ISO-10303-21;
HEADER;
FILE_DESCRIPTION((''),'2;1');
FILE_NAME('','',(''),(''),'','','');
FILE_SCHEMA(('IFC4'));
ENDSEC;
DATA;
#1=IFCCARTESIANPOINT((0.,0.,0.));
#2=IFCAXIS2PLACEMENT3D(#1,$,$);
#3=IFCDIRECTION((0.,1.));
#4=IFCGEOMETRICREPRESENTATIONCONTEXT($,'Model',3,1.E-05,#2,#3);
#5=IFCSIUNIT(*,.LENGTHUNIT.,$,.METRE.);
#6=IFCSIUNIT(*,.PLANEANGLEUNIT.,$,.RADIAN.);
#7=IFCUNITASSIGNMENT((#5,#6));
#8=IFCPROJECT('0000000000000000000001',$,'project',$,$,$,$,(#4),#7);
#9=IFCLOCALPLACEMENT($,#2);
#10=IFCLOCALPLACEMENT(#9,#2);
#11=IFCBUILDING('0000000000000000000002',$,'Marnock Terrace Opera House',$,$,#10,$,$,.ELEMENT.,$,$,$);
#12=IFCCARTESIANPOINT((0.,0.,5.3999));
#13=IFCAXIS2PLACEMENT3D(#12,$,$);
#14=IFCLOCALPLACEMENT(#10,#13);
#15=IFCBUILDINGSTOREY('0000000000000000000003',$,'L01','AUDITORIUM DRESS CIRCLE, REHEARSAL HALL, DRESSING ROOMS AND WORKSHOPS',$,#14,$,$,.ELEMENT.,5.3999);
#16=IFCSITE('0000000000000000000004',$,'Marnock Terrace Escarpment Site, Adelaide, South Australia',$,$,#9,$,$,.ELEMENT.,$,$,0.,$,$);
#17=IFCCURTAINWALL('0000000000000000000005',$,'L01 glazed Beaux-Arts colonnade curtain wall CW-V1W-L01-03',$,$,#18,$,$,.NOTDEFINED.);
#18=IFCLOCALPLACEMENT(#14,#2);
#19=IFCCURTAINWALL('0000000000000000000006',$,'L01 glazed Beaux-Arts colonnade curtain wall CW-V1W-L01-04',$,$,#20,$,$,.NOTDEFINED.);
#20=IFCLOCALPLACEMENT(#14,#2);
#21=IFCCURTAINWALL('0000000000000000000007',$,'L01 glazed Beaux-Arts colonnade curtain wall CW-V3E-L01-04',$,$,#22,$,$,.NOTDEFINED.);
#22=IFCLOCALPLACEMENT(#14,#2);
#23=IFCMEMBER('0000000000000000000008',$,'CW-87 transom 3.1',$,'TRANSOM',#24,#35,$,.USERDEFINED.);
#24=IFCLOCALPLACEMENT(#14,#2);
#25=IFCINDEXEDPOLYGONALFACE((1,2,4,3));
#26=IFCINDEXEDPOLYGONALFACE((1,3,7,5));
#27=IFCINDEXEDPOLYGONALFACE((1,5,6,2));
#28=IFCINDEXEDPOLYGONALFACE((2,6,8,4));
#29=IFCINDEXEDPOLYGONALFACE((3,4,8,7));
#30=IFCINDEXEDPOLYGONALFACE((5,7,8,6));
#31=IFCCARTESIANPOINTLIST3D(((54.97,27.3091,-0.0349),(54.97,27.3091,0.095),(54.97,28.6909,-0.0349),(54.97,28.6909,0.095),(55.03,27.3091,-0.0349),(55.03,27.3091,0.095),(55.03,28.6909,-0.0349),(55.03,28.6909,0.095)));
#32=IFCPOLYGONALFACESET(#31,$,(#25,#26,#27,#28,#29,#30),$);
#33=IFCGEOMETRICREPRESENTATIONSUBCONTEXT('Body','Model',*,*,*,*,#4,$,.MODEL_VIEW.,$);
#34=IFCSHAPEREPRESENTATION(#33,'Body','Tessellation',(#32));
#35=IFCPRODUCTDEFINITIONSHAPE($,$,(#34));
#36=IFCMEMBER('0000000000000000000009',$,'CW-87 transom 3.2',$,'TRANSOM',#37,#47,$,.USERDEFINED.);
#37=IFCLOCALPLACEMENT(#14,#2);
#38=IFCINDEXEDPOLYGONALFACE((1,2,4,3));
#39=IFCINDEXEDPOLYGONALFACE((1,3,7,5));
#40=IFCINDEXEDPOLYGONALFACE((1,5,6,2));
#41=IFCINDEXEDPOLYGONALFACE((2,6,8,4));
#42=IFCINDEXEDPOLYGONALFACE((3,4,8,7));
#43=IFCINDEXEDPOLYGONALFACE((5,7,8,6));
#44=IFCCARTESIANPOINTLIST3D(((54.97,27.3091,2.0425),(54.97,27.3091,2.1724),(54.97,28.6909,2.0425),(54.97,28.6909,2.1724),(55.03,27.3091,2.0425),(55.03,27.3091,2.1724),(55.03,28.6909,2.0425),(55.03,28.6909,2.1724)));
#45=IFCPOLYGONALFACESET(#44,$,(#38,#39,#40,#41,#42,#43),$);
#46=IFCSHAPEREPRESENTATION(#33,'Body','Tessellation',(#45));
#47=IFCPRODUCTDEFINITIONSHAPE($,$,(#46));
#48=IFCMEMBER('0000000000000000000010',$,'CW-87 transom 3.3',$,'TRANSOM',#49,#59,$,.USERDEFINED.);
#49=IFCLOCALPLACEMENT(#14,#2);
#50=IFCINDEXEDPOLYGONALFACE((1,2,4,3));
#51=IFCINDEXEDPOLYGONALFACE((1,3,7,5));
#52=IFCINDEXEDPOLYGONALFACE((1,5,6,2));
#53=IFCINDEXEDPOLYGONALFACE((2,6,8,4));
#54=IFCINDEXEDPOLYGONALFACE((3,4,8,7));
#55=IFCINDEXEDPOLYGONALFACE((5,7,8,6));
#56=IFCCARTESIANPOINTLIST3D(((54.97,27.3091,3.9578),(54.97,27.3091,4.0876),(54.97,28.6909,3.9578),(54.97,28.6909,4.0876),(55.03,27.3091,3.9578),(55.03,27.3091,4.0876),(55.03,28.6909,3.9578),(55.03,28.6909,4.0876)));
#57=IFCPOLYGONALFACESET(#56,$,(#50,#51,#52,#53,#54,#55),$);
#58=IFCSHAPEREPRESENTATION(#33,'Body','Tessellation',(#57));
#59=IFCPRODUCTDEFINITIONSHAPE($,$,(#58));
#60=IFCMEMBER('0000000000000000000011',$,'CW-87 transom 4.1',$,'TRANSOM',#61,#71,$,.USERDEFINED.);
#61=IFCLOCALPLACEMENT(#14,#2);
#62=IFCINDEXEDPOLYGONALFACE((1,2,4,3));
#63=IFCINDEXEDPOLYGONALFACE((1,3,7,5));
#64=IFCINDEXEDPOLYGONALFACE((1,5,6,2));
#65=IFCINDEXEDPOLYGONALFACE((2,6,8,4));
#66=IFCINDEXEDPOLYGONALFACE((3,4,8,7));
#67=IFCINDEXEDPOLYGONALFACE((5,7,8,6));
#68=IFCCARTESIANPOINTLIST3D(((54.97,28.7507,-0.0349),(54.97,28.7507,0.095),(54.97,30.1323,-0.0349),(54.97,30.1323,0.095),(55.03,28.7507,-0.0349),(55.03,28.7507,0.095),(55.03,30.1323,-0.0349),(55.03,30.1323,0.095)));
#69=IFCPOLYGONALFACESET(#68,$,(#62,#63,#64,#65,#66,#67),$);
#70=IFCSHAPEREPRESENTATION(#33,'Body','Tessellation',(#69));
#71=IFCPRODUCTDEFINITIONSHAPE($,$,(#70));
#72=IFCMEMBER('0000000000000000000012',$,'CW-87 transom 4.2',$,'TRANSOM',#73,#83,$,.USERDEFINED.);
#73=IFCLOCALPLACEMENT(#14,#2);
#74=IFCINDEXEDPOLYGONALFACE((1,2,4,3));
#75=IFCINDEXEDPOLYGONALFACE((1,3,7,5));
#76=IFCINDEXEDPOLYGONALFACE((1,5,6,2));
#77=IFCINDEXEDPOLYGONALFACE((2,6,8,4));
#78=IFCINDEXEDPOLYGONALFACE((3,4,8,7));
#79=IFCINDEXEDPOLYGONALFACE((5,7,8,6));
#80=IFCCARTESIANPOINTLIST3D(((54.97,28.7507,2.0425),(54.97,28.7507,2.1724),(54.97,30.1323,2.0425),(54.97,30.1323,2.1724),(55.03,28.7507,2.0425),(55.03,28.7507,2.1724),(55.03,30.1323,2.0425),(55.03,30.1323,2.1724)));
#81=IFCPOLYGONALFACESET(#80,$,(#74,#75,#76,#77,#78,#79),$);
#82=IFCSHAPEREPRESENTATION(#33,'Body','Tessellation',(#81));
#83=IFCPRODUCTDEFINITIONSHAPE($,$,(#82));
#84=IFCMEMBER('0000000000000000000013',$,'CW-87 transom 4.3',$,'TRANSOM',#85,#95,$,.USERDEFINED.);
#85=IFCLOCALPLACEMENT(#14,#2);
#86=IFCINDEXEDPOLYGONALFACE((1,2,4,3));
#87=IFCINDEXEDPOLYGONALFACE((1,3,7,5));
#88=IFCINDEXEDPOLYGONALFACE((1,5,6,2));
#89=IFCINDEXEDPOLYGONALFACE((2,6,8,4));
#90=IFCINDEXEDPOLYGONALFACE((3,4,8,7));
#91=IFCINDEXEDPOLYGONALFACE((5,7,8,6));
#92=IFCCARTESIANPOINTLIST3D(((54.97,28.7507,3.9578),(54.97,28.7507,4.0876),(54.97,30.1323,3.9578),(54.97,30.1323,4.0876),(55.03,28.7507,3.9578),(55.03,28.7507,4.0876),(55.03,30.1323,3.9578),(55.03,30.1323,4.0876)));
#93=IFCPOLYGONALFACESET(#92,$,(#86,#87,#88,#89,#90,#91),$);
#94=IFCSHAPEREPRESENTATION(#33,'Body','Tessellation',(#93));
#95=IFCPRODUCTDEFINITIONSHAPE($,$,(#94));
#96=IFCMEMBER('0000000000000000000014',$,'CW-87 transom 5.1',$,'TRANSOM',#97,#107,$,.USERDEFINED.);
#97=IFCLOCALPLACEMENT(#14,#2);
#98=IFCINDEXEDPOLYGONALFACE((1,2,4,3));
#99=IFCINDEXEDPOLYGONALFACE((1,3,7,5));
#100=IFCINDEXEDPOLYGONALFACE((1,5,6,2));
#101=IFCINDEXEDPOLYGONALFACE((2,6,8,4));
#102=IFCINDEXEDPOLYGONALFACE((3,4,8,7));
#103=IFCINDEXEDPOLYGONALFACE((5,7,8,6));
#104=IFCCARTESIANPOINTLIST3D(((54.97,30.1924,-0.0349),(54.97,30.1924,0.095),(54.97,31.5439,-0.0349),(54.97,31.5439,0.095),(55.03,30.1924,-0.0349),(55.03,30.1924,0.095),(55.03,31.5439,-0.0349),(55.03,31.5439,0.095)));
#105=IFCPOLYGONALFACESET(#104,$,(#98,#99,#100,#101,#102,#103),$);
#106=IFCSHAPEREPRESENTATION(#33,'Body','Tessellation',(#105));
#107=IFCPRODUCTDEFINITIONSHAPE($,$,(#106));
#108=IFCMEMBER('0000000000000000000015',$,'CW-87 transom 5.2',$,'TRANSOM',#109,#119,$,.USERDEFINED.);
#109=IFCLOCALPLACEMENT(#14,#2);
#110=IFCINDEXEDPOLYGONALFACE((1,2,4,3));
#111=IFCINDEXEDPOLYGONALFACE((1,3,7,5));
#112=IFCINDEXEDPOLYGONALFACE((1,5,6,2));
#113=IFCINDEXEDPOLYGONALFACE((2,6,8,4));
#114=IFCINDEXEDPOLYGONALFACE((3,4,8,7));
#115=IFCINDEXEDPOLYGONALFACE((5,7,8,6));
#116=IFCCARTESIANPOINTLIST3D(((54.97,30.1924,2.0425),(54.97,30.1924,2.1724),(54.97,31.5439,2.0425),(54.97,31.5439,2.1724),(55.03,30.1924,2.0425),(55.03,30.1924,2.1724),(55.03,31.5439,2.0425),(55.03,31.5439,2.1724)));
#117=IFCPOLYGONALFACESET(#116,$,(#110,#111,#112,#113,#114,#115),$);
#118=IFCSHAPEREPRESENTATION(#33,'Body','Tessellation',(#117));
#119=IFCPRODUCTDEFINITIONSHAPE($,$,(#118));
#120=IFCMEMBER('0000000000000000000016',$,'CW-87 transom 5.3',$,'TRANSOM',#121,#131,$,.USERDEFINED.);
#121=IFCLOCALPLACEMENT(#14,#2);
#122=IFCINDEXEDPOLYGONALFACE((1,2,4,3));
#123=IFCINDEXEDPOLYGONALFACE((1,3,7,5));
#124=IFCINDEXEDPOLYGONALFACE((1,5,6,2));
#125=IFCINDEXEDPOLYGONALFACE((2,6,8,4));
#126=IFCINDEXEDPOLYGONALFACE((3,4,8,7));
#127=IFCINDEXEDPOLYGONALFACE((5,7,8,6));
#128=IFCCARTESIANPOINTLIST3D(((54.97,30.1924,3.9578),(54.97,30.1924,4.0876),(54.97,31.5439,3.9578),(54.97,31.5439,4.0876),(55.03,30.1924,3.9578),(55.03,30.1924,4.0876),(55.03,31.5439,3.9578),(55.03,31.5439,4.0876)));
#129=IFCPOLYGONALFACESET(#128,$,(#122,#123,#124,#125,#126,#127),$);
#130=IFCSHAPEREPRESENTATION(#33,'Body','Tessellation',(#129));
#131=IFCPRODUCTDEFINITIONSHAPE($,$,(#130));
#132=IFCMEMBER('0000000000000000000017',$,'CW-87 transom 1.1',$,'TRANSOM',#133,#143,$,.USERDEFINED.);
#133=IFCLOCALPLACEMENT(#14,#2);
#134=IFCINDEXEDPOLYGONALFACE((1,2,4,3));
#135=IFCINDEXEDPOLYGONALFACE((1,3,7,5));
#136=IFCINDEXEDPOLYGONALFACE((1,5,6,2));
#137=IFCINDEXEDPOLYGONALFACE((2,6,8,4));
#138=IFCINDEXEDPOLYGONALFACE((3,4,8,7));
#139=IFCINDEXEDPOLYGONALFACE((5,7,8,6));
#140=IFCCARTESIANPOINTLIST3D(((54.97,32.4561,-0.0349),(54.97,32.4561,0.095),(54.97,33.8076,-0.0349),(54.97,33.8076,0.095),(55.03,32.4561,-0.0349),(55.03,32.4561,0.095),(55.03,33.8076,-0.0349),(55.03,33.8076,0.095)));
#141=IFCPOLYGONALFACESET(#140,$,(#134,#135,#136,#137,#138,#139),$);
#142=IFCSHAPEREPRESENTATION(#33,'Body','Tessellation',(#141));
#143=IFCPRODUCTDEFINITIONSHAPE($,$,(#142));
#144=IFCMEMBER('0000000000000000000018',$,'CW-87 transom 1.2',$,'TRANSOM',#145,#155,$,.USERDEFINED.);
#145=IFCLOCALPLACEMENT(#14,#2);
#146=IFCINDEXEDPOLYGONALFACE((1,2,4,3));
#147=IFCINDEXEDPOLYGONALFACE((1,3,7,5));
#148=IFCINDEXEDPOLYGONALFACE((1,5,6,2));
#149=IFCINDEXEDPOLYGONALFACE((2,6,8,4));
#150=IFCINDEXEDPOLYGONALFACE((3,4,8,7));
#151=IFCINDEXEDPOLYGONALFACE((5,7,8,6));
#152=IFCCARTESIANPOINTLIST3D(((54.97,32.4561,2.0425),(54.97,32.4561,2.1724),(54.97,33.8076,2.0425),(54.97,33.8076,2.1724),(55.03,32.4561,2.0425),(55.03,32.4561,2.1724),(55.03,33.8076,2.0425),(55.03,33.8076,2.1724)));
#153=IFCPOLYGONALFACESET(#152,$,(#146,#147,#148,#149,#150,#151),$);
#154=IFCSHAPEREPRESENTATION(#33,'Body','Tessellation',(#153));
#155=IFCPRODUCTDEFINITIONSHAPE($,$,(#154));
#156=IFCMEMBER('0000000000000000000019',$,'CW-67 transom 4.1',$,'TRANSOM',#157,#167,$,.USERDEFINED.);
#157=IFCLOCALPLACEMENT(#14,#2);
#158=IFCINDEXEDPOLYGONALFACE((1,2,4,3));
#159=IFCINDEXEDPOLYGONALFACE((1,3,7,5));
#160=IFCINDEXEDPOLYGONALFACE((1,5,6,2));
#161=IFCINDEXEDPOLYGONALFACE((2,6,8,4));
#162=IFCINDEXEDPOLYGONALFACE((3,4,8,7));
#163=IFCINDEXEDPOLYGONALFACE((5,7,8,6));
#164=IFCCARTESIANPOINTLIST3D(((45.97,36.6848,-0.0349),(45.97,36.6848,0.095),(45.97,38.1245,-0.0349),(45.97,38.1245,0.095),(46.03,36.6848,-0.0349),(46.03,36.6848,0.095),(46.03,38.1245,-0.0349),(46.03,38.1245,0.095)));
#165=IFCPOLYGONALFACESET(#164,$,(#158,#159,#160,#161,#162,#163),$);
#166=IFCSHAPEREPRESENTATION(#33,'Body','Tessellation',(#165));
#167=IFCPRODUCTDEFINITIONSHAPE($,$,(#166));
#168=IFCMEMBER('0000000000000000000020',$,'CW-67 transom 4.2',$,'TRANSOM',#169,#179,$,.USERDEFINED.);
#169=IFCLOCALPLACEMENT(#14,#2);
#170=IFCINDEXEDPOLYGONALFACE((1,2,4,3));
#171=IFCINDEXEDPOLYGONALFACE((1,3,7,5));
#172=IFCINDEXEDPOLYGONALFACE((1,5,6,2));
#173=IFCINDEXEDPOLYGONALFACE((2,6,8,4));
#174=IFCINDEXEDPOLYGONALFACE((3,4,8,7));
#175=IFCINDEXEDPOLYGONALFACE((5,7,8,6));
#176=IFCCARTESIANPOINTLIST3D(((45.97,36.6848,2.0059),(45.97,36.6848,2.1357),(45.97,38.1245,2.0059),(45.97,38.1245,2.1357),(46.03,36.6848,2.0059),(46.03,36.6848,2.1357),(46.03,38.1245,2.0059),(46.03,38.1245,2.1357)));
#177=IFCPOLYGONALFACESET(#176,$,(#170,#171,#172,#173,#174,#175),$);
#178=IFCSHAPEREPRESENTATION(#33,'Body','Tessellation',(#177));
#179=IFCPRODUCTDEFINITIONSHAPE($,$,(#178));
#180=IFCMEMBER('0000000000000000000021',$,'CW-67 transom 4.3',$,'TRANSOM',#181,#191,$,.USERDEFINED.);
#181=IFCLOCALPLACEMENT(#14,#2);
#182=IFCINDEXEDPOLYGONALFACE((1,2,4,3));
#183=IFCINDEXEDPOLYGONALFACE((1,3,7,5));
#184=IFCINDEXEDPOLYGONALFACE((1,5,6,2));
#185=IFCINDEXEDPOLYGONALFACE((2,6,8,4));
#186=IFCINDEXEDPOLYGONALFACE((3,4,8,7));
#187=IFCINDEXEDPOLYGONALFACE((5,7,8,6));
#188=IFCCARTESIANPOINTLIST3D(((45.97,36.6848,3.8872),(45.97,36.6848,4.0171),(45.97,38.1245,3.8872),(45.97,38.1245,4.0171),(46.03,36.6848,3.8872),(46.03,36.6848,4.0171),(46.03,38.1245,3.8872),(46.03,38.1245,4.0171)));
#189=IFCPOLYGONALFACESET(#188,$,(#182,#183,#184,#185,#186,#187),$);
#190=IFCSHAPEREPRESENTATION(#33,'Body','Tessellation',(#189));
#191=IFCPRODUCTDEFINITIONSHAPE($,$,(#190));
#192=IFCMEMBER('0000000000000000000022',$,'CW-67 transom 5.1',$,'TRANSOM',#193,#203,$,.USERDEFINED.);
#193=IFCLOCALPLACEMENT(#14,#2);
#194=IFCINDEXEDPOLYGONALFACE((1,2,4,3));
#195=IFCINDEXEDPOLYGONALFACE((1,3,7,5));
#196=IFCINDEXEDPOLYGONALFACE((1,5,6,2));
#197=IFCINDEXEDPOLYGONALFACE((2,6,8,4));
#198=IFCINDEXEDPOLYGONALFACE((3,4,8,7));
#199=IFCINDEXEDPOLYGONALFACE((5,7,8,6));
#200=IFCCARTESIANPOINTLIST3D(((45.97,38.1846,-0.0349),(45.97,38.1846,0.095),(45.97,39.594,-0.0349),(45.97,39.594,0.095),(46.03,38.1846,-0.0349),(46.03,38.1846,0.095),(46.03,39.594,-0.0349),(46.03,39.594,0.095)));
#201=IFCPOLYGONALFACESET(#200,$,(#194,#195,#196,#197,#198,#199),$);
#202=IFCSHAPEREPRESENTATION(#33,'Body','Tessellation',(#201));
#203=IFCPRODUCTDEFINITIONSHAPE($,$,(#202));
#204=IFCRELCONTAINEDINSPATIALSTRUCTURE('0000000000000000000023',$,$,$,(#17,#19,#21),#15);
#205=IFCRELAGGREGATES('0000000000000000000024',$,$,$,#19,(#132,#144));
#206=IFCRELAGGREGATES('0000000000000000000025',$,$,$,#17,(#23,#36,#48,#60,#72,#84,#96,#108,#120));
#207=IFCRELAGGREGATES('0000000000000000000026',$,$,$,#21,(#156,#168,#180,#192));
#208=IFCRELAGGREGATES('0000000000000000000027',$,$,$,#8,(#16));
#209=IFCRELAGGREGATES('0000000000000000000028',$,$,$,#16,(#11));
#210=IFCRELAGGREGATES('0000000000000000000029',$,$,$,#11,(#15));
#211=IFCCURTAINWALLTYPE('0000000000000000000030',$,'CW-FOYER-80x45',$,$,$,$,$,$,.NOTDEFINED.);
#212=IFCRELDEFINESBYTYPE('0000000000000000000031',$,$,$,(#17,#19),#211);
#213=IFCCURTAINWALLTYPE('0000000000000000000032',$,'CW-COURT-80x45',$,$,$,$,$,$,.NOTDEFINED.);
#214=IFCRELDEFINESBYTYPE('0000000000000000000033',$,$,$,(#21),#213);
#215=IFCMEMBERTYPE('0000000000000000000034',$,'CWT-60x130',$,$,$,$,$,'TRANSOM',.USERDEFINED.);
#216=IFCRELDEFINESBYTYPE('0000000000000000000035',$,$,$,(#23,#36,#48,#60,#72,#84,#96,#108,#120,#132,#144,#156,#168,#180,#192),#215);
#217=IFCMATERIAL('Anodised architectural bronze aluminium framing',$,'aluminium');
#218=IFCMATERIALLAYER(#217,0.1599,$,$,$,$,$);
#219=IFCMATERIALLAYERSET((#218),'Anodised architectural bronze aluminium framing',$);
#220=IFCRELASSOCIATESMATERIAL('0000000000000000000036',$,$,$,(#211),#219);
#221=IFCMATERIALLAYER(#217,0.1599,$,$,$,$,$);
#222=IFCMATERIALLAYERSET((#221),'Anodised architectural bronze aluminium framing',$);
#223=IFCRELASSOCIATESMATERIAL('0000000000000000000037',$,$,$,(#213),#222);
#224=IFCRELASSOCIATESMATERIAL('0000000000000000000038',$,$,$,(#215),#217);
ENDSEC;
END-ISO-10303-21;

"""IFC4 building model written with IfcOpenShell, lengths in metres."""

from ifc_helpers import new_model, si_unit, direction, frame, origin, origin_2d, place, context, subcontext, project, spatial, rectangle, extrude, material, layer, layer_set, material_profile, profile_set, type_object, element, aggregate, save


model = new_model("IFC4")

# Units and contexts
model_context = context("Model", 3, precision=1e-05, world=origin(), true_north=direction((0.0, 1.0)))
body_context = subcontext(model_context, "Body", "Model", "MODEL_VIEW")
ifc_project = project(units=[si_unit("LENGTHUNIT", "METRE"), si_unit("PLANEANGLEUNIT", "RADIAN")], contexts=[model_context])

# Site, building, storey
site_placement = place(None, origin())
site = spatial("IfcSite", under=ifc_project, at=site_placement, Name="Marnock Terrace Escarpment Site, Adelaide, South Australia", CompositionType="ELEMENT", RefElevation=0.0)
building_placement = place(site_placement, origin())
building = spatial("IfcBuilding", under=site, at=building_placement, Name="Marnock Terrace Opera House", CompositionType="ELEMENT")
storey_placement = place(building_placement, frame((0.0, 0.0, 5.3999)))
storey = spatial("IfcBuildingStorey", under=building, at=storey_placement, Name="L01", Description="AUDITORIUM DRESS CIRCLE, REHEARSAL HALL, DRESSING ROOMS AND WORKSHOPS", CompositionType="ELEMENT", Elevation=5.3999)

# Curtain wall
ifc_material_1 = material(Name="Anodised architectural bronze aluminium framing", Category="aluminium")
ifc_layer_1 = layer(ifc_material_1, 0.1599)
ifc_layer_set_1 = layer_set([ifc_layer_1], Name="Anodised architectural bronze aluminium framing")
curtain_wall_type_1 = type_object("IfcCurtainWallType", Name="CW-FOYER-80x45", PredefinedType="NOTDEFINED", material=ifc_layer_set_1)
curtain_wall_1_placement = place(storey_placement, origin())
curtain_wall_1 = element("IfcCurtainWall", 1, at=curtain_wall_1_placement, inside=storey, type_object=curtain_wall_type_1, Name="L01 glazed Beaux-Arts colonnade curtain wall CW-V1W-L01-03", PredefinedType="NOTDEFINED")

# Curtain walls
curtain_wall_2_placement = place(storey_placement, origin())
curtain_wall_2 = element("IfcCurtainWall", 2, at=curtain_wall_2_placement, inside=storey, type_object=curtain_wall_type_1, Name="L01 glazed Beaux-Arts colonnade curtain wall CW-V1W-L01-04", PredefinedType="NOTDEFINED")
ifc_layer_2 = layer(ifc_material_1, 0.1599)
ifc_layer_set_2 = layer_set([ifc_layer_2], Name="Anodised architectural bronze aluminium framing")
curtain_wall_type_2 = type_object("IfcCurtainWallType", Name="CW-COURT-80x45", PredefinedType="NOTDEFINED", material=ifc_layer_set_2)
curtain_wall_3_placement = place(storey_placement, origin())
curtain_wall_3 = element("IfcCurtainWall", 3, at=curtain_wall_3_placement, inside=storey, type_object=curtain_wall_type_2, Name="L01 glazed Beaux-Arts colonnade curtain wall CW-V3E-L01-04", PredefinedType="NOTDEFINED")

# Members
ifc_material_profile_1 = material_profile(ifc_material_1, rectangle(XDim=0.0601, YDim=0.1299, at=origin_2d()))
ifc_profile_set_1 = profile_set([ifc_material_profile_1], Name="Anodised architectural bronze aluminium framing")
member_type_1 = type_object("IfcMemberType", Name="CWT-60x130", ElementType="TRANSOM", PredefinedType="USERDEFINED", material=ifc_profile_set_1)
member_1_placement = place(storey_placement, frame((55.0, 27.3091, 0.03), z_axis=(0.0, 1.0, 0.0), x_axis=(-1.0, 0.0, 0.0)))
member_1 = element("IfcMember", 4, at=member_1_placement, type_object=member_type_1, Name="CW-87 transom 3.1", ObjectType="TRANSOM", PredefinedType="USERDEFINED", context=body_context, shape_type="SweptSolid", body=[
    extrude(rectangle(XDim=0.0601, YDim=0.1299, at=origin_2d()), origin(), (0.0, 0.0, 1.0), 1.3818),
])
member_2_placement = place(storey_placement, frame((55.0, 27.3091, 2.1074), z_axis=(0.0, 1.0, 0.0), x_axis=(-1.0, 0.0, 0.0)))
member_2 = element("IfcMember", 5, at=member_2_placement, type_object=member_type_1, Name="CW-87 transom 3.2", ObjectType="TRANSOM", PredefinedType="USERDEFINED", context=body_context, shape_type="SweptSolid", body=[
    extrude(rectangle(XDim=0.0601, YDim=0.1299, at=origin_2d()), origin(), (0.0, 0.0, 1.0), 1.3818),
])
member_3_placement = place(storey_placement, frame((55.0, 27.3091, 4.0227), z_axis=(0.0, 1.0, 0.0), x_axis=(-1.0, 0.0, 0.0)))
member_3 = element("IfcMember", 6, at=member_3_placement, type_object=member_type_1, Name="CW-87 transom 3.3", ObjectType="TRANSOM", PredefinedType="USERDEFINED", context=body_context, shape_type="SweptSolid", body=[
    extrude(rectangle(XDim=0.0601, YDim=0.1299, at=origin_2d()), origin(), (0.0, 0.0, 1.0), 1.3818),
])
member_4_placement = place(storey_placement, frame((55.0, 28.7507, 0.03), z_axis=(0.0, 1.0, 0.0), x_axis=(-1.0, 0.0, 0.0)))
member_4 = element("IfcMember", 7, at=member_4_placement, type_object=member_type_1, Name="CW-87 transom 4.1", ObjectType="TRANSOM", PredefinedType="USERDEFINED", context=body_context, shape_type="SweptSolid", body=[
    extrude(rectangle(XDim=0.0601, YDim=0.1299, at=origin_2d()), origin(), (0.0, 0.0, 1.0), 1.3816),
])
member_5_placement = place(storey_placement, frame((55.0, 28.7507, 2.1074), z_axis=(0.0, 1.0, 0.0), x_axis=(-1.0, 0.0, 0.0)))
member_5 = element("IfcMember", 8, at=member_5_placement, type_object=member_type_1, Name="CW-87 transom 4.2", ObjectType="TRANSOM", PredefinedType="USERDEFINED", context=body_context, shape_type="SweptSolid", body=[
    extrude(rectangle(XDim=0.0601, YDim=0.1299, at=origin_2d()), origin(), (0.0, 0.0, 1.0), 1.3816),
])
member_6_placement = place(storey_placement, frame((55.0, 28.7507, 4.0227), z_axis=(0.0, 1.0, 0.0), x_axis=(-1.0, 0.0, 0.0)))
member_6 = element("IfcMember", 9, at=member_6_placement, type_object=member_type_1, Name="CW-87 transom 4.3", ObjectType="TRANSOM", PredefinedType="USERDEFINED", context=body_context, shape_type="SweptSolid", body=[
    extrude(rectangle(XDim=0.0601, YDim=0.1299, at=origin_2d()), origin(), (0.0, 0.0, 1.0), 1.3816),
])
member_7_placement = place(storey_placement, frame((55.0, 30.1924, 0.03), z_axis=(0.0, 1.0, 0.0), x_axis=(-1.0, 0.0, 0.0)))
member_7 = element("IfcMember", 10, at=member_7_placement, type_object=member_type_1, Name="CW-87 transom 5.1", ObjectType="TRANSOM", PredefinedType="USERDEFINED", context=body_context, shape_type="SweptSolid", body=[
    extrude(rectangle(XDim=0.0601, YDim=0.1299, at=origin_2d()), origin(), (0.0, 0.0, 1.0), 1.3516),
])
member_8_placement = place(storey_placement, frame((55.0, 30.1924, 2.1074), z_axis=(0.0, 1.0, 0.0), x_axis=(-1.0, 0.0, 0.0)))
member_8 = element("IfcMember", 11, at=member_8_placement, type_object=member_type_1, Name="CW-87 transom 5.2", ObjectType="TRANSOM", PredefinedType="USERDEFINED", context=body_context, shape_type="SweptSolid", body=[
    extrude(rectangle(XDim=0.0601, YDim=0.1299, at=origin_2d()), origin(), (0.0, 0.0, 1.0), 1.3516),
])
member_9_placement = place(storey_placement, frame((55.0, 30.1924, 4.0227), z_axis=(0.0, 1.0, 0.0), x_axis=(-1.0, 0.0, 0.0)))
member_9 = element("IfcMember", 12, at=member_9_placement, type_object=member_type_1, Name="CW-87 transom 5.3", ObjectType="TRANSOM", PredefinedType="USERDEFINED", context=body_context, shape_type="SweptSolid", body=[
    extrude(rectangle(XDim=0.0601, YDim=0.1299, at=origin_2d()), origin(), (0.0, 0.0, 1.0), 1.3516),
])
member_10_placement = place(storey_placement, frame((55.0, 32.4561, 0.03), z_axis=(0.0, 1.0, 0.0), x_axis=(-1.0, 0.0, 0.0)))
member_10 = element("IfcMember", 13, at=member_10_placement, type_object=member_type_1, Name="CW-87 transom 1.1", ObjectType="TRANSOM", PredefinedType="USERDEFINED", context=body_context, shape_type="SweptSolid", body=[
    extrude(rectangle(XDim=0.0601, YDim=0.1299, at=origin_2d()), origin(), (0.0, 0.0, 1.0), 1.3516),
])
member_11_placement = place(storey_placement, frame((55.0, 32.4561, 2.1074), z_axis=(0.0, 1.0, 0.0), x_axis=(-1.0, 0.0, 0.0)))
member_11 = element("IfcMember", 14, at=member_11_placement, type_object=member_type_1, Name="CW-87 transom 1.2", ObjectType="TRANSOM", PredefinedType="USERDEFINED", context=body_context, shape_type="SweptSolid", body=[
    extrude(rectangle(XDim=0.0601, YDim=0.1299, at=origin_2d()), origin(), (0.0, 0.0, 1.0), 1.3516),
])
aggregate(curtain_wall_2, [member_10, member_11])
member_12_placement = place(storey_placement, frame((46.0, 36.6848, 0.03), z_axis=(0.0, 1.0, 0.0), x_axis=(-1.0, 0.0, 0.0)))
member_12 = element("IfcMember", 15, at=member_12_placement, type_object=member_type_1, Name="CW-67 transom 4.1", ObjectType="TRANSOM", PredefinedType="USERDEFINED", context=body_context, shape_type="SweptSolid", body=[
    extrude(rectangle(XDim=0.0601, YDim=0.1299, at=origin_2d()), origin(), (0.0, 0.0, 1.0), 1.4397),
])
member_13_placement = place(storey_placement, frame((46.0, 36.6848, 2.0708), z_axis=(0.0, 1.0, 0.0), x_axis=(-1.0, 0.0, 0.0)))
member_13 = element("IfcMember", 16, at=member_13_placement, type_object=member_type_1, Name="CW-67 transom 4.2", ObjectType="TRANSOM", PredefinedType="USERDEFINED", context=body_context, shape_type="SweptSolid", body=[
    extrude(rectangle(XDim=0.0601, YDim=0.1299, at=origin_2d()), origin(), (0.0, 0.0, 1.0), 1.4397),
])
member_14_placement = place(storey_placement, frame((46.0, 36.6848, 3.9521), z_axis=(0.0, 1.0, 0.0), x_axis=(-1.0, 0.0, 0.0)))
member_14 = element("IfcMember", 17, at=member_14_placement, type_object=member_type_1, Name="CW-67 transom 4.3", ObjectType="TRANSOM", PredefinedType="USERDEFINED", context=body_context, shape_type="SweptSolid", body=[
    extrude(rectangle(XDim=0.0601, YDim=0.1299, at=origin_2d()), origin(), (0.0, 0.0, 1.0), 1.4397),
])
member_15_placement = place(storey_placement, frame((46.0, 38.1846, 0.03), z_axis=(0.0, 1.0, 0.0), x_axis=(-1.0, 0.0, 0.0)))
member_15 = element("IfcMember", 18, at=member_15_placement, type_object=member_type_1, Name="CW-67 transom 5.1", ObjectType="TRANSOM", PredefinedType="USERDEFINED", context=body_context, shape_type="SweptSolid", body=[
    extrude(rectangle(XDim=0.0601, YDim=0.1299, at=origin_2d()), origin(), (0.0, 0.0, 1.0), 1.4094),
])

aggregate(curtain_wall_1, [member_1, member_2, member_3, member_4, member_5, member_6, member_7, member_8, member_9])
aggregate(curtain_wall_3, [member_12, member_13, member_14, member_15])

save(model, "model.ifc")
